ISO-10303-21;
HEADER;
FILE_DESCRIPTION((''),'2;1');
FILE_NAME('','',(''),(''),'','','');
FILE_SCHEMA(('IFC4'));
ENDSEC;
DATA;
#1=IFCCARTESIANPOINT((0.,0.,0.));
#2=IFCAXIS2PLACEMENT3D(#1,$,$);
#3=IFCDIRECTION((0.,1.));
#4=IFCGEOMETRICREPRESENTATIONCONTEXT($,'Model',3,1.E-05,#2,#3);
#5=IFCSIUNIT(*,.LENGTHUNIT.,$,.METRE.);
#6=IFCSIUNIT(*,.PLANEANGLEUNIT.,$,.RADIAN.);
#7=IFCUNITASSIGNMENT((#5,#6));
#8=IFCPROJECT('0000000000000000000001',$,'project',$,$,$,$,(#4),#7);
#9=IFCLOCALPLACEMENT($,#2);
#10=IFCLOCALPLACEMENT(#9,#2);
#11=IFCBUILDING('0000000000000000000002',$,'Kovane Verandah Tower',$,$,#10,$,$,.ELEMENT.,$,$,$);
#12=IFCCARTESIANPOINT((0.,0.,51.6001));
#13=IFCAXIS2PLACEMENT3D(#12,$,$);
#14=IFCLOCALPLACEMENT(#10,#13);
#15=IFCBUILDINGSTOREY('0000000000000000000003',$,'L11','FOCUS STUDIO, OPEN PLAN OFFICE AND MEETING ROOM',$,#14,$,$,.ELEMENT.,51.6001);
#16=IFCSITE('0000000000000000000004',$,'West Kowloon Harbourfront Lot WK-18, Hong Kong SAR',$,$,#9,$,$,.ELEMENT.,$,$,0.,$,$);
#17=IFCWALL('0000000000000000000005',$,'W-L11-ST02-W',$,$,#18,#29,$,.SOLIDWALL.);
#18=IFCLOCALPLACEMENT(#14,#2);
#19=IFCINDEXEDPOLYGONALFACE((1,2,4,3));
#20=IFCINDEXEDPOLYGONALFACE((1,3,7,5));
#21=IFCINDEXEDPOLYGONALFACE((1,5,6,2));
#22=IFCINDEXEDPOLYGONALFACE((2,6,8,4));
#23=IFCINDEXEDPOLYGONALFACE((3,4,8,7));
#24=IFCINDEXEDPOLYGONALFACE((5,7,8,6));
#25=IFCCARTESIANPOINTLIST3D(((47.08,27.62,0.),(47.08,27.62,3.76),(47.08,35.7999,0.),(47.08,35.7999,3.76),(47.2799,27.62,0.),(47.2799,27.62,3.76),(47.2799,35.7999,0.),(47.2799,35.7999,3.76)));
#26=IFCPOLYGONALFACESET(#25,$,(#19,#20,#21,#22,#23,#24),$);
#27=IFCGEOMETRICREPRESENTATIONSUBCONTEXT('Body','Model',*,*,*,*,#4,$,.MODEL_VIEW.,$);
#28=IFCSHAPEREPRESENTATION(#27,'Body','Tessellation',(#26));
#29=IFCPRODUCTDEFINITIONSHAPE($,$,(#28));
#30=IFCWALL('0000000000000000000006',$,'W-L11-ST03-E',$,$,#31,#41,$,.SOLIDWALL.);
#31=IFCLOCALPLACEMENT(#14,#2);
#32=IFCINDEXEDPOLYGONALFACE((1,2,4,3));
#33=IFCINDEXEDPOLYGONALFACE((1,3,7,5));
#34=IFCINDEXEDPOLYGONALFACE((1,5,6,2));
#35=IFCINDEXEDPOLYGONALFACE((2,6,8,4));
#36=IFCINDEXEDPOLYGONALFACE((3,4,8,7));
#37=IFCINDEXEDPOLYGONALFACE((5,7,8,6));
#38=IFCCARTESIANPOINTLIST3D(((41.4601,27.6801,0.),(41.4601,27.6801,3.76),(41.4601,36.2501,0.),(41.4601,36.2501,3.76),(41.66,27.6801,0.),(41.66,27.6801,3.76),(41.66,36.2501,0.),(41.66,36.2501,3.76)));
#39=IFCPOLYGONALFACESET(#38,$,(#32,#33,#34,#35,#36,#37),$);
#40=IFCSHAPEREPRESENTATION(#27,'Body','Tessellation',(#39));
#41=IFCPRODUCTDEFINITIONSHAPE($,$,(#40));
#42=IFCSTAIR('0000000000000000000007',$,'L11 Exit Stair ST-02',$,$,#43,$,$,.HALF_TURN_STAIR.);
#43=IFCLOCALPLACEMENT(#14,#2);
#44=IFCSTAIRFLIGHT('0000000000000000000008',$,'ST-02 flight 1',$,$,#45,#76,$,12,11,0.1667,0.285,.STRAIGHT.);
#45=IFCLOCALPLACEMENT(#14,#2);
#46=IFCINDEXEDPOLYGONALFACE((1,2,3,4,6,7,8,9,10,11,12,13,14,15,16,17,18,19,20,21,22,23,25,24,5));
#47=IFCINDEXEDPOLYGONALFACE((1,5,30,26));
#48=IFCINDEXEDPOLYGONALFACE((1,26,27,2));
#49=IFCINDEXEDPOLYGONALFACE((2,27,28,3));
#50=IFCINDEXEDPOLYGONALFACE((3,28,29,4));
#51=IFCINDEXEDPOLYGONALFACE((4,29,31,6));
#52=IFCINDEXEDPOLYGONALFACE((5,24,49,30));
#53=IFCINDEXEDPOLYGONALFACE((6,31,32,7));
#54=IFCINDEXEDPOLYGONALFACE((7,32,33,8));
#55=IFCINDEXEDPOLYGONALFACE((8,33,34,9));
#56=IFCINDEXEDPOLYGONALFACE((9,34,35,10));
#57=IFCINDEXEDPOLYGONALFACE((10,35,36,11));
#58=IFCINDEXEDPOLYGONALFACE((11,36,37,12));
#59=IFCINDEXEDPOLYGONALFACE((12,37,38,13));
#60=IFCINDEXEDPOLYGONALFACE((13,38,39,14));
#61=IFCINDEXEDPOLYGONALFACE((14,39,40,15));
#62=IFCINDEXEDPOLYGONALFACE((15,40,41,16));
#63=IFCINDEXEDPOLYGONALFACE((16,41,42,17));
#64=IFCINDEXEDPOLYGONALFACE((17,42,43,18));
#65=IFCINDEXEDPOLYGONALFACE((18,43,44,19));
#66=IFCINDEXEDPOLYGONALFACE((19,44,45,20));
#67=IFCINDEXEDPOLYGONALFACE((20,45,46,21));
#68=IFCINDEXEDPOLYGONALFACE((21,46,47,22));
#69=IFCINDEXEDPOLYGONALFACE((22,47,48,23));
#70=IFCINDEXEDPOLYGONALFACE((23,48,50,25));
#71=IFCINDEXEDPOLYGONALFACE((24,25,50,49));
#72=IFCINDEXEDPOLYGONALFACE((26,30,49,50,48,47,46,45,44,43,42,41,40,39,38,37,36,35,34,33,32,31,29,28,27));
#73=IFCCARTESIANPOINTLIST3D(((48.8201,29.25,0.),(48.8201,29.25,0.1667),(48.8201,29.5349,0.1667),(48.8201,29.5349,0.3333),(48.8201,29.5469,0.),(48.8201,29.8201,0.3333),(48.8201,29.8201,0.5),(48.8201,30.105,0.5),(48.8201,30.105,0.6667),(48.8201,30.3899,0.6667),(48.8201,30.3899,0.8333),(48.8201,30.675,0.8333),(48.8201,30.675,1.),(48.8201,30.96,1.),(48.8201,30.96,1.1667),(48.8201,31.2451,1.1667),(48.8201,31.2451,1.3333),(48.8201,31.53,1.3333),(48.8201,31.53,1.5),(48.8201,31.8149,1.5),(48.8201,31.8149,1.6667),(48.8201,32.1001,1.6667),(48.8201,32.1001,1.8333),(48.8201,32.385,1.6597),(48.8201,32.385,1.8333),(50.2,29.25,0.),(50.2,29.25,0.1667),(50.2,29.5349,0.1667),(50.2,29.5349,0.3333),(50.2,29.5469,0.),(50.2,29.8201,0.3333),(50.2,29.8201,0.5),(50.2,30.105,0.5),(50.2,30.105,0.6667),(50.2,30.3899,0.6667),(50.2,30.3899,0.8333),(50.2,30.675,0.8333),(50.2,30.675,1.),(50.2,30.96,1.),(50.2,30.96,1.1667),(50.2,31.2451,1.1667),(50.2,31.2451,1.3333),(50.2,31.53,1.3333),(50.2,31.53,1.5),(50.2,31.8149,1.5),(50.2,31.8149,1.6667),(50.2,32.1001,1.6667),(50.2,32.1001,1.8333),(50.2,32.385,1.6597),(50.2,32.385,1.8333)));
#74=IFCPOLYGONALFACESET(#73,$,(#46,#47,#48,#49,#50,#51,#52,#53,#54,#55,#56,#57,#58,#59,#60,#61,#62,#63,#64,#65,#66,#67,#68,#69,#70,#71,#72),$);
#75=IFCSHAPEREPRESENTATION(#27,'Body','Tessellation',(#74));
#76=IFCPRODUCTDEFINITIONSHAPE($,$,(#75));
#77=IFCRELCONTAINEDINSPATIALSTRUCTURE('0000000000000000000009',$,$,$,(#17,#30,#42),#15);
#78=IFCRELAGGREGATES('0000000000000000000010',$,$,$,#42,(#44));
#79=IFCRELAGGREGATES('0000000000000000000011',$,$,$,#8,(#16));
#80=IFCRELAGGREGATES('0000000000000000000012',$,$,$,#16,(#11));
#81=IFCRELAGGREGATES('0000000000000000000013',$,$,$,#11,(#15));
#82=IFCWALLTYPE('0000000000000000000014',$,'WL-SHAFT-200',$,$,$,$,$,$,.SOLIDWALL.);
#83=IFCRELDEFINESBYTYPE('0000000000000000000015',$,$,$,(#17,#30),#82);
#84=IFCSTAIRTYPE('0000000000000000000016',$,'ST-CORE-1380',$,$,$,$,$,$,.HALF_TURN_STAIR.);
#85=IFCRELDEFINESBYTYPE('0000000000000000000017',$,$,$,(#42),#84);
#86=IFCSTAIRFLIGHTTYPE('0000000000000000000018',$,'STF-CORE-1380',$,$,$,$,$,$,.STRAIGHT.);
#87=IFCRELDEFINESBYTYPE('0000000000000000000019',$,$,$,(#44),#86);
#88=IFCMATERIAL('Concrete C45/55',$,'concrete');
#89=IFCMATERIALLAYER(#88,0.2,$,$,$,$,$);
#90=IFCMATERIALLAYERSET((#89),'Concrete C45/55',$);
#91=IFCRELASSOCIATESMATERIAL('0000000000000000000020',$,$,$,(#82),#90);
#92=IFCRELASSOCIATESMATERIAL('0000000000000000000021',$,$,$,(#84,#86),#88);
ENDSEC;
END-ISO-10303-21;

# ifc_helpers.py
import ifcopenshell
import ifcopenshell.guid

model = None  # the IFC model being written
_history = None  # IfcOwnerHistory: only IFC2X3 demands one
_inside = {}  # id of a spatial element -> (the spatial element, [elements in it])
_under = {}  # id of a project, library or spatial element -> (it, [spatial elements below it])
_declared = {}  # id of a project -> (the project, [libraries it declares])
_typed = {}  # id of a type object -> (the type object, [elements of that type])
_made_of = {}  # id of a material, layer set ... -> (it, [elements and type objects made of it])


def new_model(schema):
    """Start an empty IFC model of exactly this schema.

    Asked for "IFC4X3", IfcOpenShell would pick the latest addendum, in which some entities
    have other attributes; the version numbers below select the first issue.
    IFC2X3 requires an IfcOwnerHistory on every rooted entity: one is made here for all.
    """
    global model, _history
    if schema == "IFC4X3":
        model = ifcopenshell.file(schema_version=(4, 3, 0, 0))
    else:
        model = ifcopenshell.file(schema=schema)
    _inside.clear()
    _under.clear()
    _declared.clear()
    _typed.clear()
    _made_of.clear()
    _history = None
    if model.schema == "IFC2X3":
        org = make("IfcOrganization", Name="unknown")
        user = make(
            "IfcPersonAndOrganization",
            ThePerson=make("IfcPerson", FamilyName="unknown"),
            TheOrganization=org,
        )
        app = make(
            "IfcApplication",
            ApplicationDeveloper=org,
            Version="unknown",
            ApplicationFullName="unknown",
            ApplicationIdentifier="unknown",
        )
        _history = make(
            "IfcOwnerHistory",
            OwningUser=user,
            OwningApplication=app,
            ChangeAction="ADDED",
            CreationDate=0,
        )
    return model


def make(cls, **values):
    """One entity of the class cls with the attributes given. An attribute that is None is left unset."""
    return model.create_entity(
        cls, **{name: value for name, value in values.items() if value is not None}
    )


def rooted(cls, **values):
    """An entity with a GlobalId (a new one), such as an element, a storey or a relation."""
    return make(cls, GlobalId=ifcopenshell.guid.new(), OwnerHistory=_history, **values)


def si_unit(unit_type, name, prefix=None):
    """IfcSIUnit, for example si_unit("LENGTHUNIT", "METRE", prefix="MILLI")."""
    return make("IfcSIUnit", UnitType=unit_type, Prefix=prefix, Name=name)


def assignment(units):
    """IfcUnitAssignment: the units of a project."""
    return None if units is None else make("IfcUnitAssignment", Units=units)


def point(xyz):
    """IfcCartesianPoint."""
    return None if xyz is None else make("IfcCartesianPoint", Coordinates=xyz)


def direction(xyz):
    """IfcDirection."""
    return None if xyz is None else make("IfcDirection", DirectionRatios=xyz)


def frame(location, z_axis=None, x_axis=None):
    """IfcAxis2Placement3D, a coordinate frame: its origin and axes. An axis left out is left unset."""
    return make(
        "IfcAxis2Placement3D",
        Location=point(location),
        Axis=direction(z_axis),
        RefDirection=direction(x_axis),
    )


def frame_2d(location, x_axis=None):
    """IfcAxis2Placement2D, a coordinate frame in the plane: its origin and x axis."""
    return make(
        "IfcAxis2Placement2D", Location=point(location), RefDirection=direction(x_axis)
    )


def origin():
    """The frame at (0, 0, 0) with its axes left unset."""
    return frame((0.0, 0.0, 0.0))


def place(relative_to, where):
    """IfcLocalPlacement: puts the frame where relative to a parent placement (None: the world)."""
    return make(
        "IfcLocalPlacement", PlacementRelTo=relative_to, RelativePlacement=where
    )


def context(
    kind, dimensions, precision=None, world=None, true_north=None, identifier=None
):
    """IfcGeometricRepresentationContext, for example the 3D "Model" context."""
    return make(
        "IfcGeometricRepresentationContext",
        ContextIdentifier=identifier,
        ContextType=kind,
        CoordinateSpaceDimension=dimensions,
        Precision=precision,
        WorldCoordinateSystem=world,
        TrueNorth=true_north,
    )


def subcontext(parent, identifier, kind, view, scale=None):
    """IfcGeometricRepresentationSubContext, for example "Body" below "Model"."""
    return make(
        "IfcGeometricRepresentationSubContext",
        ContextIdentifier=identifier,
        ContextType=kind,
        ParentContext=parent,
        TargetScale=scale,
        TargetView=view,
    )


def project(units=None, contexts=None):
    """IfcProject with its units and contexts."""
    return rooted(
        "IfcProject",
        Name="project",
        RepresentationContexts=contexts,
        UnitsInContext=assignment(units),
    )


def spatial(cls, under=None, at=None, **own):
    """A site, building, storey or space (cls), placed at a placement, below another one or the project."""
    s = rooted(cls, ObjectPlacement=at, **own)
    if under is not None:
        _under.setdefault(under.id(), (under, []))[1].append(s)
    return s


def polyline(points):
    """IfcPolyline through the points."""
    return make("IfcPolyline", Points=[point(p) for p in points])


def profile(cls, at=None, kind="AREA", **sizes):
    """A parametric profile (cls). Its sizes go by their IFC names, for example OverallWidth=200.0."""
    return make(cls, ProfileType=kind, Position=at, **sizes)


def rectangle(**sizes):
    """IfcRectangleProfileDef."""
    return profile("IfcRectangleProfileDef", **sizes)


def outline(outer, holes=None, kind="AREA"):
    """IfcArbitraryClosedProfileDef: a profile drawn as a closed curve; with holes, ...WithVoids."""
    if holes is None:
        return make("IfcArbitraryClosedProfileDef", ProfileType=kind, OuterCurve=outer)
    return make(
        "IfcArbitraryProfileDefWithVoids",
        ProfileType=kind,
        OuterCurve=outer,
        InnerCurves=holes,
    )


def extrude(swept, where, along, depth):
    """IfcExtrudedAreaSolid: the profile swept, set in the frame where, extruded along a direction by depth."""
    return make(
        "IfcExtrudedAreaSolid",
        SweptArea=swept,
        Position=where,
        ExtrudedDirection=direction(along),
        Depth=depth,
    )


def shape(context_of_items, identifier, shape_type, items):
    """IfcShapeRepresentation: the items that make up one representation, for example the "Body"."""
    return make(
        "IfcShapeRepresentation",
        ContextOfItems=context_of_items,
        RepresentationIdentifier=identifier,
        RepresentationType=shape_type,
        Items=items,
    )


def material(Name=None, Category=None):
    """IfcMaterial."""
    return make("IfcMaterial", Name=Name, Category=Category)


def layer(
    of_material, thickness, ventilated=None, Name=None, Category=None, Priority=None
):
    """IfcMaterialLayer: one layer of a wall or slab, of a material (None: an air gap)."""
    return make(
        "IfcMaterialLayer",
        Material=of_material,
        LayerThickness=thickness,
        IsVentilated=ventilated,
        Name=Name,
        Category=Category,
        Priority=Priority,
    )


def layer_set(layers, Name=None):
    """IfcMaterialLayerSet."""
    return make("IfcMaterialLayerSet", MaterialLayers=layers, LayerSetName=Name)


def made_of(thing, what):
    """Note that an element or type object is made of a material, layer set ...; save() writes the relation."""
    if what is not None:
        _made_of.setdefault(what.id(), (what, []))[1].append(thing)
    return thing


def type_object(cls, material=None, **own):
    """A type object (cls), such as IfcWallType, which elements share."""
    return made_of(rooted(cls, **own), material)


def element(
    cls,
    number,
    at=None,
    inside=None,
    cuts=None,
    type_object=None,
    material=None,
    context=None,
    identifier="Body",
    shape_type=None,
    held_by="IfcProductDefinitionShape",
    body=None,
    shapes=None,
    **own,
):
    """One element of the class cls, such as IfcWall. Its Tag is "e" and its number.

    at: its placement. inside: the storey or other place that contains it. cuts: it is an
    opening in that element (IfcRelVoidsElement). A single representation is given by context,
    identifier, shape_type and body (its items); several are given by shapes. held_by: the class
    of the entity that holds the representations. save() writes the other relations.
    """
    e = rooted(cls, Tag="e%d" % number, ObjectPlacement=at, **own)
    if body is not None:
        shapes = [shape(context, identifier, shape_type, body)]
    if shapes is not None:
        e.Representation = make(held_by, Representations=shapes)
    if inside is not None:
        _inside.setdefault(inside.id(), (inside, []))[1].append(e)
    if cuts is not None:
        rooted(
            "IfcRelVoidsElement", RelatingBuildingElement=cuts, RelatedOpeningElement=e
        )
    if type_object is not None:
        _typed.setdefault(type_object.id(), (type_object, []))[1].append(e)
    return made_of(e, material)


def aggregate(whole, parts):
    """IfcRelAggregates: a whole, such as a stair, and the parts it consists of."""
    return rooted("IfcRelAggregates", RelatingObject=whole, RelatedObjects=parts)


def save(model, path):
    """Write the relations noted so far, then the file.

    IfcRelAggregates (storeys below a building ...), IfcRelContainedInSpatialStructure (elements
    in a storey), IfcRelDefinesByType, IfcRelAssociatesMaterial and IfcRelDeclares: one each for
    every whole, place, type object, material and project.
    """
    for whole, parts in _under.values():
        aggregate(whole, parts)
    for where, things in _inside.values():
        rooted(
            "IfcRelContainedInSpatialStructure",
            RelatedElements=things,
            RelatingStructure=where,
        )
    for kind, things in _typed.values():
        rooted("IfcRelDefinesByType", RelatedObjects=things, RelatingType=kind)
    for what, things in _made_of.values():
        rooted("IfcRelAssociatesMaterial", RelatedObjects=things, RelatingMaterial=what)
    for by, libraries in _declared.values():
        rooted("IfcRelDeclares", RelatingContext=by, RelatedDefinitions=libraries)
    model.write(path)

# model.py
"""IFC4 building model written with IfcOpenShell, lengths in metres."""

from ifc_helpers import new_model, si_unit, direction, frame, frame_2d, origin, place, context, subcontext, project, spatial, polyline, rectangle, outline, extrude, material, layer, layer_set, type_object, element, aggregate, save


model = new_model("IFC4")

# Units and contexts
model_context = context("Model", 3, precision=1e-05, world=origin(), true_north=direction((0.0, 1.0)))
body_context = subcontext(model_context, "Body", "Model", "MODEL_VIEW")
ifc_project = project(units=[si_unit("LENGTHUNIT", "METRE"), si_unit("PLANEANGLEUNIT", "RADIAN")], contexts=[model_context])

# Site, building, storey
site_placement = place(None, origin())
site = spatial("IfcSite", under=ifc_project, at=site_placement, Name="West Kowloon Harbourfront Lot WK-18, Hong Kong SAR", CompositionType="ELEMENT", RefElevation=0.0)
building_placement = place(site_placement, origin())
building = spatial("IfcBuilding", under=site, at=building_placement, Name="Kovane Verandah Tower", CompositionType="ELEMENT")
storey_placement = place(building_placement, frame((0.0, 0.0, 51.6001)))
storey = spatial("IfcBuildingStorey", under=building, at=storey_placement, Name="L11", Description="FOCUS STUDIO, OPEN PLAN OFFICE AND MEETING ROOM", CompositionType="ELEMENT", Elevation=51.6001)

# Wall
ifc_material_1 = material(Name="Concrete C45/55", Category="concrete")
ifc_layer_1 = layer(ifc_material_1, 0.2)
ifc_layer_set_1 = layer_set([ifc_layer_1], Name="Concrete C45/55")
wall_type_1 = type_object("IfcWallType", Name="WL-SHAFT-200", PredefinedType="SOLIDWALL", material=ifc_layer_set_1)
wall_1_placement = place(storey_placement, frame((47.1799, 27.6201, 0.0), z_axis=(0.0, 0.0, 1.0), x_axis=(0.0, 1.0, 0.0)))
element("IfcWall", 1, at=wall_1_placement, inside=storey, type_object=wall_type_1, Name="W-L11-ST02-W", PredefinedType="SOLIDWALL", context=body_context, shape_type="SweptSolid", body=[
    extrude(rectangle(XDim=8.1799, YDim=0.2, at=frame_2d((4.0898, 0.0))), origin(), (0.0, 0.0, 1.0), 3.76),
])

# Wall
wall_2_placement = place(storey_placement, frame((41.5601, 27.6799, 0.0), z_axis=(0.0, 0.0, 1.0), x_axis=(0.0, 1.0, 0.0)))
element("IfcWall", 2, at=wall_2_placement, inside=storey, type_object=wall_type_1, Name="W-L11-ST03-E", PredefinedType="SOLIDWALL", context=body_context, shape_type="SweptSolid", body=[
    extrude(rectangle(XDim=8.5701, YDim=0.2, at=frame_2d((4.2852, 0.0))), origin(), (0.0, 0.0, 1.0), 3.76),
])

# Stair, stair flight
stair_type = type_object("IfcStairType", Name="ST-CORE-1380", PredefinedType="HALF_TURN_STAIR", material=ifc_material_1)
stair_placement = place(storey_placement, origin())
stair = element("IfcStair", 3, at=stair_placement, inside=storey, type_object=stair_type, Name="L11 Exit Stair ST-02", PredefinedType="HALF_TURN_STAIR")
stair_flight_type = type_object("IfcStairFlightType", Name="STF-CORE-1380", PredefinedType="STRAIGHT", material=ifc_material_1)
stair_flight_placement = place(storey_placement, frame((49.51, 29.25, 0.0), z_axis=(0.0, 0.0, 1.0), x_axis=(0.0, 1.0, 0.0)))
stair_flight = element("IfcStairFlight", 4, at=stair_flight_placement, type_object=stair_flight_type, Name="ST-02 flight 1", NumberOfRisers=12, NumberOfTreads=11, PredefinedType="STRAIGHT", RiserHeight=0.1667, TreadLength=0.285, context=body_context, shape_type="SweptSolid", body=[
    extrude(outline(polyline([(0.0, 0.0), (0.0, 0.1667), (0.2849, 0.1667), (0.2849, 0.3333), (0.5701, 0.3333), (0.5701, 0.5), (0.855, 0.5), (0.855, 0.6667), (1.1399, 0.6667), (1.1399, 0.8333), (1.425, 0.8333), (1.425, 1.0), (1.71, 1.0), (1.71, 1.1667), (1.9951, 1.1667), (1.9951, 1.3333), (2.28, 1.3333), (2.28, 1.5), (2.5649, 1.5), (2.5649, 1.6667), (2.8501, 1.6667), (2.8501, 1.8333), (3.135, 1.8333), (3.135, 2.0), (3.135, 1.6597), (0.2969, 0.0), (0.0, 0.0)])), frame((0.0, 0.6899, 0.0), z_axis=(0.0, -1.0, 0.0), x_axis=(1.0, 0.0, 0.0)), (0.0, 0.0, 1.0), 1.3799),
])
aggregate(stair, [stair_flight])

save(model, "model.ifc")
